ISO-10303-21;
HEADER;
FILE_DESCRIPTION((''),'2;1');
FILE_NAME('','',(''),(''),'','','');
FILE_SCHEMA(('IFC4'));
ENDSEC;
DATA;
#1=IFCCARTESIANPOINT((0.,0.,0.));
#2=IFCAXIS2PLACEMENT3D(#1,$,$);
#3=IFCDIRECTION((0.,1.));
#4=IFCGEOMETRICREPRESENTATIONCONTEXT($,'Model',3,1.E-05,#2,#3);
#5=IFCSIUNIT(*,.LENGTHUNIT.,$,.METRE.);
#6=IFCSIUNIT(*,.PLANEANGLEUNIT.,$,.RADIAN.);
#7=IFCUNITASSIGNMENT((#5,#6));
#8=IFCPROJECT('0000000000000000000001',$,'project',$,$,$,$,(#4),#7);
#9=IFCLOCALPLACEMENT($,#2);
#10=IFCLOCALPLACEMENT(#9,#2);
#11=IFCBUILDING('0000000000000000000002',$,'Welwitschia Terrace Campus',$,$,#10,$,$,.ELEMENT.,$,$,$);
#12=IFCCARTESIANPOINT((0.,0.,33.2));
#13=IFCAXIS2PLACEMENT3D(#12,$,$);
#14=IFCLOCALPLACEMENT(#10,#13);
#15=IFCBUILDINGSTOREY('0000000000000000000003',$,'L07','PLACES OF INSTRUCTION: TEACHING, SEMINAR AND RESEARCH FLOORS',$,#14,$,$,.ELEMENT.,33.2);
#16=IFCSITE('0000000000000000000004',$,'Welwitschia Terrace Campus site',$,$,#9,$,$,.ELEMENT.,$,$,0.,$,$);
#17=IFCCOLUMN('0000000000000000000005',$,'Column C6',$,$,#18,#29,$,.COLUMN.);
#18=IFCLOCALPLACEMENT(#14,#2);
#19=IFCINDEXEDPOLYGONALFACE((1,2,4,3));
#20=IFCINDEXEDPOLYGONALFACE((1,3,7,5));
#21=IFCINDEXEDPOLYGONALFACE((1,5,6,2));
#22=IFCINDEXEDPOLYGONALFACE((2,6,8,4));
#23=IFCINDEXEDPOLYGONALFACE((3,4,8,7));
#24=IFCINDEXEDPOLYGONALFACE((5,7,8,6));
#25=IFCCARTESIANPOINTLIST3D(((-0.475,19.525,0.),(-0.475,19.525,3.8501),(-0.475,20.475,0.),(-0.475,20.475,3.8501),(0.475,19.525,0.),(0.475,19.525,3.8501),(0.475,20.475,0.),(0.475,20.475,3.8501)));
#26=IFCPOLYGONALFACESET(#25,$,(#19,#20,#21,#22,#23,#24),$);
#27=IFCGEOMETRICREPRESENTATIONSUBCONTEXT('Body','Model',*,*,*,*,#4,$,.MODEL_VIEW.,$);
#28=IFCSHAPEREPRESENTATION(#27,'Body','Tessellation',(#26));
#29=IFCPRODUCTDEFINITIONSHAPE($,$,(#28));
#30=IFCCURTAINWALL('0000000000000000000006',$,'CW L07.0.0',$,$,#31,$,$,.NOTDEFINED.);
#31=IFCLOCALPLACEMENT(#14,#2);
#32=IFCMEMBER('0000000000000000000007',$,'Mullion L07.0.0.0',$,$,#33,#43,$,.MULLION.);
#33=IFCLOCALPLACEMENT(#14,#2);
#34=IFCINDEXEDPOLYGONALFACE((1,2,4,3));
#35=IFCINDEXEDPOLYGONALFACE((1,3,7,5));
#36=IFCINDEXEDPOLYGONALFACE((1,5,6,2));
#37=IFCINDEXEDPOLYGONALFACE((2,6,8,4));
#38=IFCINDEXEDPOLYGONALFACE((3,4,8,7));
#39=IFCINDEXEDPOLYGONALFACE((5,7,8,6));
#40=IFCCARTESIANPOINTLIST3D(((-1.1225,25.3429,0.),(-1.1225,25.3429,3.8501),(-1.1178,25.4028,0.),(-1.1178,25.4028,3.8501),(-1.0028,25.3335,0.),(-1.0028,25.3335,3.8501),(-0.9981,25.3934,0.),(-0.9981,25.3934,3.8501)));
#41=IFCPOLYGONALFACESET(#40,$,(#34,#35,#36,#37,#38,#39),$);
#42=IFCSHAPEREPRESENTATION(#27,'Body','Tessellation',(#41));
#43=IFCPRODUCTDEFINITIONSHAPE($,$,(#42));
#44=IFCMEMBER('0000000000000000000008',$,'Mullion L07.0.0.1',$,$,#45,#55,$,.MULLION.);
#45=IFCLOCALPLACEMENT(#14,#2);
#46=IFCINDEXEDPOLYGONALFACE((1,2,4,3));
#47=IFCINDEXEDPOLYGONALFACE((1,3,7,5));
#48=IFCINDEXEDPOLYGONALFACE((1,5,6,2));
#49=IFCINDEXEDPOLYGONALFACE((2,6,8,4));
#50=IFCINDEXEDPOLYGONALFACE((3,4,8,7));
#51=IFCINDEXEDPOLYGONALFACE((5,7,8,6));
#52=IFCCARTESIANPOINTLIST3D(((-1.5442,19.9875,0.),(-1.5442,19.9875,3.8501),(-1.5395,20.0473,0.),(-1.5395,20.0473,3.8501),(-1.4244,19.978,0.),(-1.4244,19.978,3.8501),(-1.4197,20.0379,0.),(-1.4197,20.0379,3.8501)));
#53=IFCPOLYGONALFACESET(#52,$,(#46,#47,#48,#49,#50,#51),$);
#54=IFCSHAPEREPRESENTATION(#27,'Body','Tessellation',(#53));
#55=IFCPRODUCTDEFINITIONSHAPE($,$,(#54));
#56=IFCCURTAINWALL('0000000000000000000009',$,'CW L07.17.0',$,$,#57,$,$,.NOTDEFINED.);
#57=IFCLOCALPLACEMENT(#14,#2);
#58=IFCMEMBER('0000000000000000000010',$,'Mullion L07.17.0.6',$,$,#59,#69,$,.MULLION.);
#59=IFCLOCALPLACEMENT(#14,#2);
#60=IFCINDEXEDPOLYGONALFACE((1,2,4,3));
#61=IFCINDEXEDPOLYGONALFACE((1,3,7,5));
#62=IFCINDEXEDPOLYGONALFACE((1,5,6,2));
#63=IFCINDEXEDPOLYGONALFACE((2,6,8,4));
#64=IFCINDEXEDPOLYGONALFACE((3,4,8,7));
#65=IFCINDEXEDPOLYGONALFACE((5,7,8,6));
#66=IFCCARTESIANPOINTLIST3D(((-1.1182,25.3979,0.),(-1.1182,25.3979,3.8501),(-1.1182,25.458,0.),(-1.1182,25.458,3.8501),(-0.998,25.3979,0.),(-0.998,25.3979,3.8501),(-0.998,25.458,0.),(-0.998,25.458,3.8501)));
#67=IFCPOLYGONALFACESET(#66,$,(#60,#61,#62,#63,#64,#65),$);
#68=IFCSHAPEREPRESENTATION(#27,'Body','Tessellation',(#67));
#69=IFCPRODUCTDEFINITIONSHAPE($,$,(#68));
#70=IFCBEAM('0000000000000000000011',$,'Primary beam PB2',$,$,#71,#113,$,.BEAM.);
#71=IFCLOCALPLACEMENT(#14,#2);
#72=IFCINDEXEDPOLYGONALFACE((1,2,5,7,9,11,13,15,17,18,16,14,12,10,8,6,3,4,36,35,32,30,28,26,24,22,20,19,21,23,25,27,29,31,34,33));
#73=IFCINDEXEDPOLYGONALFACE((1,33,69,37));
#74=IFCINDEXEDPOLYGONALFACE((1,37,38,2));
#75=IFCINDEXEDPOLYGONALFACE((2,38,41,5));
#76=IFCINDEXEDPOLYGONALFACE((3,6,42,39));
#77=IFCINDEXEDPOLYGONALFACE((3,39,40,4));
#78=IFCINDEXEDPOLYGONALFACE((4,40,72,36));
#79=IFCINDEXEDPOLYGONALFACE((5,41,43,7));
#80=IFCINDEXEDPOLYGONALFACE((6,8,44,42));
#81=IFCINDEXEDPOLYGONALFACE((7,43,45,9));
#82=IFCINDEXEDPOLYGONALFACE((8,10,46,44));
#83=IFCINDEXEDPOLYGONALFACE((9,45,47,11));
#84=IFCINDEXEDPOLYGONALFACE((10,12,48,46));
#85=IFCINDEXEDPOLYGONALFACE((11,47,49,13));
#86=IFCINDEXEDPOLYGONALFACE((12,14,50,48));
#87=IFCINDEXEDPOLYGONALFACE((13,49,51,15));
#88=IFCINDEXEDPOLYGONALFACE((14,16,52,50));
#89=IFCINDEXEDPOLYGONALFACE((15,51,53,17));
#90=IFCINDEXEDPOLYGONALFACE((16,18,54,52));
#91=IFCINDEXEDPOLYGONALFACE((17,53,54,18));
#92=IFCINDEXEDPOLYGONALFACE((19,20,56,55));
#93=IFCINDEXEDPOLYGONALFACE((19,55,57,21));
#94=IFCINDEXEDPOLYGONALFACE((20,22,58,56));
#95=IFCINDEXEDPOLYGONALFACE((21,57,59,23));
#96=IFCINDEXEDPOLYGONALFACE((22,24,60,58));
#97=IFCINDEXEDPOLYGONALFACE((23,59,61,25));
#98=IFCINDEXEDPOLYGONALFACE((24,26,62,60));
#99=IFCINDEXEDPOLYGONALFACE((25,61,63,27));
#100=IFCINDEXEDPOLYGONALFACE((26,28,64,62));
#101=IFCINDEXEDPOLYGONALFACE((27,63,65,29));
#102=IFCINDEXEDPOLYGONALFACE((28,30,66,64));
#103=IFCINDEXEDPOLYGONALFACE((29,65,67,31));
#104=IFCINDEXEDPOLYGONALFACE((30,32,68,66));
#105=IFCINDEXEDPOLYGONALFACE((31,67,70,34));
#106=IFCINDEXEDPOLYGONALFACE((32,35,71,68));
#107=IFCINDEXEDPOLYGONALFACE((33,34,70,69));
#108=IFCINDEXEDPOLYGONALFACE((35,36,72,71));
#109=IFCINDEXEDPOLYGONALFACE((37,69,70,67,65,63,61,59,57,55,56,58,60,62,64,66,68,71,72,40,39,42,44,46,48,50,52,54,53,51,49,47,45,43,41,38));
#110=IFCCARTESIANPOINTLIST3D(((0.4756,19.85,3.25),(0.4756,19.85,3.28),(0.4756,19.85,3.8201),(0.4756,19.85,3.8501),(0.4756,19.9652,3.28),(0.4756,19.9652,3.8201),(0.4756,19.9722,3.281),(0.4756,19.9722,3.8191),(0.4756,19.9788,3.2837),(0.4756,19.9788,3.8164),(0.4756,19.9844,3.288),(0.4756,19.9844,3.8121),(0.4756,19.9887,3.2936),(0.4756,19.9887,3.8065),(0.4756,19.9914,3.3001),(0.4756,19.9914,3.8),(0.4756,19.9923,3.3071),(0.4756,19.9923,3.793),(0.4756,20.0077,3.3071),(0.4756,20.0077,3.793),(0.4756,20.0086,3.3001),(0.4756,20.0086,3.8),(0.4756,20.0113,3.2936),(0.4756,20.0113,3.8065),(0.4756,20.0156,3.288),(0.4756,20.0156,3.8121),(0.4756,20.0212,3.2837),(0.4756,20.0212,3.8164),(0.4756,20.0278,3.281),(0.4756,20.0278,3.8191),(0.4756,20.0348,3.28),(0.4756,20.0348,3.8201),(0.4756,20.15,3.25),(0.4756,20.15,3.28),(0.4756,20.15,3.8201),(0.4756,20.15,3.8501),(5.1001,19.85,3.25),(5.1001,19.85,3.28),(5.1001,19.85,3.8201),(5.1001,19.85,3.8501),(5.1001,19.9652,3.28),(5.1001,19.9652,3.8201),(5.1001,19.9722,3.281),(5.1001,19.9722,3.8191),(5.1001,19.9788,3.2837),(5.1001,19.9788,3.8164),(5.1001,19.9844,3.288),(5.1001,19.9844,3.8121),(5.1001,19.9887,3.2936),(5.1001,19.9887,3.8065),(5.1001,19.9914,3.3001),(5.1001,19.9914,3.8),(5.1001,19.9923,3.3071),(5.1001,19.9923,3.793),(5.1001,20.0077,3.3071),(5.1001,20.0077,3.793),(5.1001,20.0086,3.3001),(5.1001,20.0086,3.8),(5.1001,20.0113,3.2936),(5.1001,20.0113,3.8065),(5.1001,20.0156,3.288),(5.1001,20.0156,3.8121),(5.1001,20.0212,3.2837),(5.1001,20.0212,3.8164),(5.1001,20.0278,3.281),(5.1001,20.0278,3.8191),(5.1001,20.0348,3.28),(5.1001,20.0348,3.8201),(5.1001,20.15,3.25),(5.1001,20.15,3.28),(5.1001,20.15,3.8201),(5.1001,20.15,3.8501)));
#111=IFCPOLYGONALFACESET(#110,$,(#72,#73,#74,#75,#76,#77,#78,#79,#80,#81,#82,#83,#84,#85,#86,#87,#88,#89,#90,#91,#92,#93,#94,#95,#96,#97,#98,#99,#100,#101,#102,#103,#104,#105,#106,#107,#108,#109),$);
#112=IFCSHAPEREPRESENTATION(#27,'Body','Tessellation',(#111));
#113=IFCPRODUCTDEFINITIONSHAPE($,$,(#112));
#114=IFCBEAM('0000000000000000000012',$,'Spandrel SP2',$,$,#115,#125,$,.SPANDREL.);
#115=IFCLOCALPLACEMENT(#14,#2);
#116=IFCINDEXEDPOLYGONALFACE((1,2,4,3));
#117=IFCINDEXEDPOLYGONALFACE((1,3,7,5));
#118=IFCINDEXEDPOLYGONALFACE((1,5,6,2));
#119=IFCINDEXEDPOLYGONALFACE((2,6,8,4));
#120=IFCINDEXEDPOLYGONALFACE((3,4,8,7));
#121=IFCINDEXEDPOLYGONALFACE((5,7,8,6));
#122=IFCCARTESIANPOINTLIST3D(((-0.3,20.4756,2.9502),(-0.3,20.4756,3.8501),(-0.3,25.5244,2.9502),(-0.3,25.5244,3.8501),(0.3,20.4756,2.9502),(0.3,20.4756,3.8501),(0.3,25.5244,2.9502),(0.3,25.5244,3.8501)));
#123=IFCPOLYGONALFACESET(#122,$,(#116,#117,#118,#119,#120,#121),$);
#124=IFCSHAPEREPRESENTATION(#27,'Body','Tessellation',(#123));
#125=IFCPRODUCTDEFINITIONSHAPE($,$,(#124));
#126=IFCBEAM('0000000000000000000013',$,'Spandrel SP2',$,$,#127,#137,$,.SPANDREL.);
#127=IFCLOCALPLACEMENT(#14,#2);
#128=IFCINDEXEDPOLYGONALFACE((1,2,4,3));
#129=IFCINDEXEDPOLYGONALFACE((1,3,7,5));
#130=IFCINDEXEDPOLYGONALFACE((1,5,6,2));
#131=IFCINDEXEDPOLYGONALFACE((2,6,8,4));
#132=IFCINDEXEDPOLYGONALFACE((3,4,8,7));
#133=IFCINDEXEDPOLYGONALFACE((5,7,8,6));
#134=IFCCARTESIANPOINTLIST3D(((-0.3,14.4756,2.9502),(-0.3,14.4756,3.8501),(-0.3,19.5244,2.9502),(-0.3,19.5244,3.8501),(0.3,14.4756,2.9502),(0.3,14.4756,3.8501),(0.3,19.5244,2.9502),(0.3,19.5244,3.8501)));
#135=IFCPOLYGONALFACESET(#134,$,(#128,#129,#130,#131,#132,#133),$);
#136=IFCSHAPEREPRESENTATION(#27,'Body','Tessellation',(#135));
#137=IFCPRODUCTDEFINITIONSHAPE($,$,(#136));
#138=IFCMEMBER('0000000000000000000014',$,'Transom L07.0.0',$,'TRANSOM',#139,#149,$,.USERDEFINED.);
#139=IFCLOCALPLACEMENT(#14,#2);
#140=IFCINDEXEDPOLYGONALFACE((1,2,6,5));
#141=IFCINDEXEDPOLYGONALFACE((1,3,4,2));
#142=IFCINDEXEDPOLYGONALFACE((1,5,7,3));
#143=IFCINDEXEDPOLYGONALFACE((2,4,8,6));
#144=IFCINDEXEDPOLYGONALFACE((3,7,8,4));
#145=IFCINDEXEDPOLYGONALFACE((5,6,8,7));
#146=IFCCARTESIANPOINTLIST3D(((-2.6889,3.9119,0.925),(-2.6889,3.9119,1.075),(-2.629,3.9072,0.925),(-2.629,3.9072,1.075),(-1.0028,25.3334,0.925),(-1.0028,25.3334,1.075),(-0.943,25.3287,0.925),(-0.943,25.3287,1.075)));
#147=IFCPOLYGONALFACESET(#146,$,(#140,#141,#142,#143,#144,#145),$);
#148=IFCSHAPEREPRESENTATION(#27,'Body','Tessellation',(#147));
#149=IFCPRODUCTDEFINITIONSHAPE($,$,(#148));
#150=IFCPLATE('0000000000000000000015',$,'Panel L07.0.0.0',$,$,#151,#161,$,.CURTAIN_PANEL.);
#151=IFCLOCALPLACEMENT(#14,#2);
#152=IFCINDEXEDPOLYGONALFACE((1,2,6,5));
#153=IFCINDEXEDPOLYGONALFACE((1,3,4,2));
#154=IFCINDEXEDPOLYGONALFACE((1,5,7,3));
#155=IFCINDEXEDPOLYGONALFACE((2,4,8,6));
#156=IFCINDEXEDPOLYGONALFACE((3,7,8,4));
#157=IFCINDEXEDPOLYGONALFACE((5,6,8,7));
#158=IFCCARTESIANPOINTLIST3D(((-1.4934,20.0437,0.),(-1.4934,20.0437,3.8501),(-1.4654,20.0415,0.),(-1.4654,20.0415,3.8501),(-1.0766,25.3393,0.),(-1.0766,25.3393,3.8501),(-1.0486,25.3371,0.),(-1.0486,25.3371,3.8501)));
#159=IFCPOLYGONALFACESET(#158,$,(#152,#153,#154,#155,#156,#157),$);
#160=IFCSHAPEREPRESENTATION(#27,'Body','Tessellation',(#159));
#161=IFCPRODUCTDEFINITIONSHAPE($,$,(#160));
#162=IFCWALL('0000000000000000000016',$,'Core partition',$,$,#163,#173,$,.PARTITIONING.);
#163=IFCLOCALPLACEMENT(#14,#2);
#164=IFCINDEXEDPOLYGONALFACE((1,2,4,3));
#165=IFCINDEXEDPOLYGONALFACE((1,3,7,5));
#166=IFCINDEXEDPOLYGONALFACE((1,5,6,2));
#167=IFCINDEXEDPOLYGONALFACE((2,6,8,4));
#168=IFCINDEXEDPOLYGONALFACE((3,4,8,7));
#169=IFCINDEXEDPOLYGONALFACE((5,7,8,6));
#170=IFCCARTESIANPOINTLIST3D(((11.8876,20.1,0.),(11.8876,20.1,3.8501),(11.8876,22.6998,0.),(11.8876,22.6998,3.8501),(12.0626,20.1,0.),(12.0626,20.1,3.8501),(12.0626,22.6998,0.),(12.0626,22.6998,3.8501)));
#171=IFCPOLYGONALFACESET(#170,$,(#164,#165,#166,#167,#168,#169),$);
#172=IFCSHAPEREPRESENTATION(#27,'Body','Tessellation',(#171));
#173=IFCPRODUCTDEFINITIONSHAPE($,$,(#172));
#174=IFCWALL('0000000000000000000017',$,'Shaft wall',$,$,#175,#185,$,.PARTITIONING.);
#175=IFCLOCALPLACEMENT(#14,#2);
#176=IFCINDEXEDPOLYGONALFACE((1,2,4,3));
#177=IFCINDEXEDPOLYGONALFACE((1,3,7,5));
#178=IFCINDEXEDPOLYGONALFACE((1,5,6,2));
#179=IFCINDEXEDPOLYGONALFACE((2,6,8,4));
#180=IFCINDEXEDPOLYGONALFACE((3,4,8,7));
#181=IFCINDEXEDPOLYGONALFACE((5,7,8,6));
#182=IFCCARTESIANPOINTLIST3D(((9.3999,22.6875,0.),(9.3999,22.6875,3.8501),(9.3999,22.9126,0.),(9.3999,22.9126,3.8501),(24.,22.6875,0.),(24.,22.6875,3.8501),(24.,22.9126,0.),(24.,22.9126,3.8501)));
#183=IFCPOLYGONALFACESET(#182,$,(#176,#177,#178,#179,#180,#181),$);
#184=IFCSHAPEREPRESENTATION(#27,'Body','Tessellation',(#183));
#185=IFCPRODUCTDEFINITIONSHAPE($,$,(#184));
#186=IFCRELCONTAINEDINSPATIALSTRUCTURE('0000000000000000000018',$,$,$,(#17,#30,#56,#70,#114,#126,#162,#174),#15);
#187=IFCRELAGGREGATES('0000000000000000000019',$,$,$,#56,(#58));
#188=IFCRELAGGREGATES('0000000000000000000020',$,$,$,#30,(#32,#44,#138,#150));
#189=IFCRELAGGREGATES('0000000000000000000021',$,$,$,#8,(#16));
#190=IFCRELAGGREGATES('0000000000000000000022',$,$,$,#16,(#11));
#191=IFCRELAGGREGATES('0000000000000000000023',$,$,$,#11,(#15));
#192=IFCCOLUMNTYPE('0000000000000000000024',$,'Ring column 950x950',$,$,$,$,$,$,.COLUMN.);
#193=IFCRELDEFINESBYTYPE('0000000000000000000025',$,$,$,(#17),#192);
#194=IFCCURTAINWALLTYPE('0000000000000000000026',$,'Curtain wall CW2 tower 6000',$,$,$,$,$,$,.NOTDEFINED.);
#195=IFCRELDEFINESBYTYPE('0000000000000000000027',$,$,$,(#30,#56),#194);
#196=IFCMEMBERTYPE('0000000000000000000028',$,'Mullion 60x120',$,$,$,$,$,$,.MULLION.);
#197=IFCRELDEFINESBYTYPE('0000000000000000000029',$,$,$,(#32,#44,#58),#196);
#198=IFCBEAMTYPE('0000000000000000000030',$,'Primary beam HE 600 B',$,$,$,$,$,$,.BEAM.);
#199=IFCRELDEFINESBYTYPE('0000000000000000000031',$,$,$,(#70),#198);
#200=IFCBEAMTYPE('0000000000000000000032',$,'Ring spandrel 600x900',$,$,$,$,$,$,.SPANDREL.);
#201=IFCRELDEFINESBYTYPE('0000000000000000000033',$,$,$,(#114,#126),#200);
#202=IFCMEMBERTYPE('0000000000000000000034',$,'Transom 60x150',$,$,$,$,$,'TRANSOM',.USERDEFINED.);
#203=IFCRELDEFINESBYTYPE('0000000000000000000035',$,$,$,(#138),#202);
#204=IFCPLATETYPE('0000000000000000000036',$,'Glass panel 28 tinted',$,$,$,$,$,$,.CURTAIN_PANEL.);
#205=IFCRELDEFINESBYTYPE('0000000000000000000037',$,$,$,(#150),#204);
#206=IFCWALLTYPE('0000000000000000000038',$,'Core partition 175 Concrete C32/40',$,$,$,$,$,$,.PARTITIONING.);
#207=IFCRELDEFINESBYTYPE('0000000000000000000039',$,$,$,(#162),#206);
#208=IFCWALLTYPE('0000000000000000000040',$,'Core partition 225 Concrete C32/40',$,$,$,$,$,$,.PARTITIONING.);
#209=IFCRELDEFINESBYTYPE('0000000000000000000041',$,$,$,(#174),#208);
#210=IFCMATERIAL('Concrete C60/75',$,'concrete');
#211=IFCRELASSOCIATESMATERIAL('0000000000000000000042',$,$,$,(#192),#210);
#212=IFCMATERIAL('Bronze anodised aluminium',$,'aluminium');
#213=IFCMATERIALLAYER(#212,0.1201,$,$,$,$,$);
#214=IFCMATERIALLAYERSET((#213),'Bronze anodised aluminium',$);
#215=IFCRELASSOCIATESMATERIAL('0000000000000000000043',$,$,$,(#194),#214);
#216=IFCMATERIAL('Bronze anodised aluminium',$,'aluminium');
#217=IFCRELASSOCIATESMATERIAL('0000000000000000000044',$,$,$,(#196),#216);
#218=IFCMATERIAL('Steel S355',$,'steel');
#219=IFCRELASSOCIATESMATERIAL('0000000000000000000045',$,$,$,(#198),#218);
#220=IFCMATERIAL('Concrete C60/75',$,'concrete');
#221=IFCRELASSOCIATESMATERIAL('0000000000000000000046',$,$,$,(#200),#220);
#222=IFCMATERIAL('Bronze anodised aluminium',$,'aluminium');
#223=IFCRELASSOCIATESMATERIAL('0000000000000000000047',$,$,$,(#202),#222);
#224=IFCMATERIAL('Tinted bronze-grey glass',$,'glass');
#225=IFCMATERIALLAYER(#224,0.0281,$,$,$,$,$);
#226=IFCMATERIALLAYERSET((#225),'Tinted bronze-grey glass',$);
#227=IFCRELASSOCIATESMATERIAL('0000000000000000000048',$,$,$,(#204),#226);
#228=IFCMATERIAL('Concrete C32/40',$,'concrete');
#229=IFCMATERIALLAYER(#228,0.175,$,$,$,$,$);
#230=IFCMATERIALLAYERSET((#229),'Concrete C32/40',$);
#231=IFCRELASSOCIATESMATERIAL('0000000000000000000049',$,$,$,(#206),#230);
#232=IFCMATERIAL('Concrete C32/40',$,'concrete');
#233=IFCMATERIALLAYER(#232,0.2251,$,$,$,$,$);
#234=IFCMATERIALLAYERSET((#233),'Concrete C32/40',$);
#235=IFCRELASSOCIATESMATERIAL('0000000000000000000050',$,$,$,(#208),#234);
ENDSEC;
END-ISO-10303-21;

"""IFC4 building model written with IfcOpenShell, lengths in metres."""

from ifc_helpers import new_model, si_unit, direction, frame, frame_2d, origin, origin_2d, place, context, subcontext, project, spatial, rectangle, i_section, extrude, material, layer, layer_set, material_profile, profile_set, type_object, element, aggregate, save


model = new_model("IFC4")

# Units and contexts
model_context = context("Model", 3, precision=1e-05, world=origin(), true_north=direction((0.0, 1.0)))
body_context = subcontext(model_context, "Body", "Model", "MODEL_VIEW")
ifc_project = project(units=[si_unit("LENGTHUNIT", "METRE"), si_unit("PLANEANGLEUNIT", "RADIAN")], contexts=[model_context])

# Site, building, storey
site_placement = place(None, origin())
site = spatial("IfcSite", under=ifc_project, at=site_placement, Name="Welwitschia Terrace Campus site", CompositionType="ELEMENT", RefElevation=0.0)
building_placement = place(site_placement, origin())
building = spatial("IfcBuilding", under=site, at=building_placement, Name="Welwitschia Terrace Campus", CompositionType="ELEMENT")
storey_placement = place(building_placement, frame((0.0, 0.0, 33.2)))
storey = spatial("IfcBuildingStorey", under=building, at=storey_placement, Name="L07", Description="PLACES OF INSTRUCTION: TEACHING, SEMINAR AND RESEARCH FLOORS", CompositionType="ELEMENT", Elevation=33.2)

# Column
ifc_material_1 = material(Name="Concrete C60/75", Category="concrete")
ifc_material_profile_1 = material_profile(ifc_material_1, rectangle(XDim=0.95, YDim=0.95, at=origin_2d()))
ifc_profile_set_1 = profile_set([ifc_material_profile_1], Name="Concrete C60/75")
column_type = type_object("IfcColumnType", Name="Ring column 950x950", PredefinedType="COLUMN", material=ifc_profile_set_1)
column_placement = place(storey_placement, frame((0.0, 20.0, 0.0), z_axis=(0.0, 0.0, 1.0), x_axis=(1.0, 0.0, 0.0)))
element("IfcColumn", 1, at=column_placement, inside=storey, type_object=column_type, Name="Column C6", PredefinedType="COLUMN", context=body_context, shape_type="SweptSolid", body=[
    extrude(rectangle(XDim=0.95, YDim=0.95, at=origin_2d()), origin(), (0.0, 0.0, 1.0), 3.8501),
])

# Curtain wall, members
ifc_material_2 = material(Name="Bronze anodised aluminium", Category="aluminium")
ifc_layer_1 = layer(ifc_material_2, 0.1201)
ifc_layer_set_1 = layer_set([ifc_layer_1], Name="Bronze anodised aluminium")
curtain_wall_type = type_object("IfcCurtainWallType", Name="Curtain wall CW2 tower 6000", PredefinedType="NOTDEFINED", material=ifc_layer_set_1)
curtain_wall_1_placement = place(storey_placement, origin())
curtain_wall_1 = element("IfcCurtainWall", 2, at=curtain_wall_1_placement, inside=storey, type_object=curtain_wall_type, Name="CW L07.0.0", PredefinedType="NOTDEFINED")
ifc_material_3 = material(Name="Bronze anodised aluminium", Category="aluminium")
ifc_material_profile_2 = material_profile(ifc_material_3, rectangle(XDim=0.1201, YDim=0.0601, at=origin_2d()))
ifc_profile_set_2 = profile_set([ifc_material_profile_2], Name="Bronze anodised aluminium")
member_type_1 = type_object("IfcMemberType", Name="Mullion 60x120", PredefinedType="MULLION", material=ifc_profile_set_2)
member_1_placement = place(storey_placement, frame((-1.0603, 25.3682, 0.0), z_axis=(0.0, 0.0, 1.0), x_axis=(0.996917, -0.078459, 0.0)))
member_1 = element("IfcMember", 3, at=member_1_placement, type_object=member_type_1, Name="Mullion L07.0.0.0", PredefinedType="MULLION", context=body_context, shape_type="SweptSolid", body=[
    extrude(rectangle(XDim=0.1201, YDim=0.0601, at=origin_2d()), origin(), (0.0, 0.0, 1.0), 3.8501),
])
member_2_placement = place(storey_placement, frame((-1.4819, 20.0127, 0.0), z_axis=(0.0, 0.0, 1.0), x_axis=(0.996917, -0.078459, 0.0)))
member_2 = element("IfcMember", 4, at=member_2_placement, type_object=member_type_1, Name="Mullion L07.0.0.1", PredefinedType="MULLION", context=body_context, shape_type="SweptSolid", body=[
    extrude(rectangle(XDim=0.1201, YDim=0.0601, at=origin_2d()), origin(), (0.0, 0.0, 1.0), 3.8501),
])

# Curtain wall, member
curtain_wall_2_placement = place(storey_placement, origin())
curtain_wall_2 = element("IfcCurtainWall", 5, at=curtain_wall_2_placement, inside=storey, type_object=curtain_wall_type, Name="CW L07.17.0", PredefinedType="NOTDEFINED")
member_3_placement = place(storey_placement, frame((-1.0581, 25.428, 0.0), z_axis=(0.0, 0.0, 1.0), x_axis=(1.0, 0.0, 0.0)))
member_3 = element("IfcMember", 6, at=member_3_placement, type_object=member_type_1, Name="Mullion L07.17.0.6", PredefinedType="MULLION", context=body_context, shape_type="SweptSolid", body=[
    extrude(rectangle(XDim=0.1201, YDim=0.0601, at=origin_2d()), origin(), (0.0, 0.0, 1.0), 3.8501),
])
aggregate(curtain_wall_2, [member_3])

# Beams
ifc_material_4 = material(Name="Steel S355", Category="steel")
ifc_material_profile_3 = material_profile(ifc_material_4, i_section(OverallWidth=0.3, OverallDepth=0.6001, WebThickness=0.0154, FlangeThickness=0.03, FilletRadius=0.0271, at=origin_2d()))
ifc_profile_set_3 = profile_set([ifc_material_profile_3], Name="Steel S355")
beam_type_1 = type_object("IfcBeamType", Name="Primary beam HE 600 B", PredefinedType="BEAM", material=ifc_profile_set_3)
beam_placement = place(storey_placement, frame((0.4756, 20.0, 3.55), z_axis=(1.0, 0.0, 0.0), x_axis=(0.0, 1.0, 0.0)))
element("IfcBeam", 7, at=beam_placement, inside=storey, type_object=beam_type_1, Name="Primary beam PB2", PredefinedType="BEAM", context=body_context, shape_type="SweptSolid", body=[
    extrude(i_section(OverallWidth=0.3, OverallDepth=0.6001, WebThickness=0.0154, FlangeThickness=0.03, FilletRadius=0.0271, at=origin_2d()), origin(), (0.0, 0.0, 1.0), 4.6245),
])
ifc_material_5 = material(Name="Concrete C60/75", Category="concrete")
ifc_material_profile_4 = material_profile(ifc_material_5, rectangle(XDim=0.6001, YDim=0.8999, at=origin_2d()))
ifc_profile_set_4 = profile_set([ifc_material_profile_4], Name="Concrete C60/75")
beam_type_2 = type_object("IfcBeamType", Name="Ring spandrel 600x900", PredefinedType="SPANDREL", material=ifc_profile_set_4)
for number, where, z_axis, x_axis, name in (
    (8, (0.0, 25.5244, 3.4001), (0.0, -1.0, 0.0), (1.0, 0.0, 0.0), "Spandrel SP2"),
    (9, (0.0, 19.5244, 3.4001), (0.0, -1.0, 0.0), (1.0, 0.0, 0.0), "Spandrel SP2"),
):
    element("IfcBeam", number, at=place(storey_placement, frame(where, z_axis=z_axis, x_axis=x_axis)), inside=storey, type_object=beam_type_2, Name=name, PredefinedType="SPANDREL", context=body_context, shape_type="SweptSolid", body=[
        extrude(rectangle(XDim=0.6001, YDim=0.8999, at=origin_2d()), origin(), (0.0, 0.0, 1.0), 5.0488),
    ])

# Member
ifc_material_6 = material(Name="Bronze anodised aluminium", Category="aluminium")
ifc_material_profile_5 = material_profile(ifc_material_6, rectangle(XDim=0.0601, YDim=0.1499, at=origin_2d()))
ifc_profile_set_5 = profile_set([ifc_material_profile_5], Name="Bronze anodised aluminium")
member_type_2 = type_object("IfcMemberType", Name="Transom 60x150", ElementType="TRANSOM", PredefinedType="USERDEFINED", material=ifc_profile_set_5)
member_4_placement = place(storey_placement, frame((-0.9729, 25.3311, 1.0), z_axis=(-0.078464, -0.996917, 0.0), x_axis=(0.996917, -0.078464, 0.0)))
member_4 = element("IfcMember", 10, at=member_4_placement, type_object=member_type_2, Name="Transom L07.0.0", ObjectType="TRANSOM", PredefinedType="USERDEFINED", context=body_context, shape_type="SweptSolid", body=[
    extrude(rectangle(XDim=0.0601, YDim=0.1499, at=origin_2d()), origin(), (0.0, 0.0, 1.0), 21.4878),
])

# Plate
ifc_material_7 = material(Name="Tinted bronze-grey glass", Category="glass")
ifc_layer_2 = layer(ifc_material_7, 0.0281)
ifc_layer_set_2 = layer_set([ifc_layer_2], Name="Tinted bronze-grey glass")
plate_type = type_object("IfcPlateType", Name="Glass panel 28 tinted", PredefinedType="CURTAIN_PANEL", material=ifc_layer_set_2)
plate_placement = place(storey_placement, frame((-1.271, 22.6904, 0.0), z_axis=(0.0, 0.0, 1.0), x_axis=(-0.078459, -0.996917, 0.0)))
plate = element("IfcPlate", 11, at=plate_placement, type_object=plate_type, Name="Panel L07.0.0.0", PredefinedType="CURTAIN_PANEL", context=body_context, shape_type="SweptSolid", body=[
    extrude(rectangle(XDim=5.312, YDim=0.0281, at=origin_2d()), origin(), (0.0, 0.0, 1.0), 3.8501),
])
aggregate(curtain_wall_1, [member_1, member_2, member_4, plate])

# Walls
ifc_material_8 = material(Name="Concrete C32/40", Category="concrete")
ifc_layer_3 = layer(ifc_material_8, 0.175)
ifc_layer_set_3 = layer_set([ifc_layer_3], Name="Concrete C32/40")
wall_type_1 = type_object("IfcWallType", Name="Core partition 175 Concrete C32/40", PredefinedType="PARTITIONING", material=ifc_layer_set_3)
wall_1_placement = place(storey_placement, frame((11.9751, 20.1001, 0.0), z_axis=(0.0, 0.0, 1.0), x_axis=(0.0, 1.0, 0.0)))
element("IfcWall", 12, at=wall_1_placement, inside=storey, type_object=wall_type_1, Name="Core partition", PredefinedType="PARTITIONING", context=body_context, shape_type="SweptSolid", body=[
    extrude(rectangle(XDim=2.5999, YDim=0.175, at=frame_2d((1.2998, 0.0))), origin(), (0.0, 0.0, 1.0), 3.8501),
])
ifc_material_9 = material(Name="Concrete C32/40", Category="concrete")
ifc_layer_4 = layer(ifc_material_9, 0.2251)
ifc_layer_set_4 = layer_set([ifc_layer_4], Name="Concrete C32/40")
wall_type_2 = type_object("IfcWallType", Name="Core partition 225 Concrete C32/40", PredefinedType="PARTITIONING", material=ifc_layer_set_4)
wall_2_placement = place(storey_placement, frame((9.3999, 22.8, 0.0), z_axis=(0.0, 0.0, 1.0), x_axis=(1.0, 0.0, 0.0)))
element("IfcWall", 13, at=wall_2_placement, inside=storey, type_object=wall_type_2, Name="Shaft wall", PredefinedType="PARTITIONING", context=body_context, shape_type="SweptSolid", body=[
    extrude(rectangle(XDim=14.6001, YDim=0.2251, at=frame_2d((7.3, 0.0))), origin(), (0.0, 0.0, 1.0), 3.8501),
])

save(model, "model.ifc")
